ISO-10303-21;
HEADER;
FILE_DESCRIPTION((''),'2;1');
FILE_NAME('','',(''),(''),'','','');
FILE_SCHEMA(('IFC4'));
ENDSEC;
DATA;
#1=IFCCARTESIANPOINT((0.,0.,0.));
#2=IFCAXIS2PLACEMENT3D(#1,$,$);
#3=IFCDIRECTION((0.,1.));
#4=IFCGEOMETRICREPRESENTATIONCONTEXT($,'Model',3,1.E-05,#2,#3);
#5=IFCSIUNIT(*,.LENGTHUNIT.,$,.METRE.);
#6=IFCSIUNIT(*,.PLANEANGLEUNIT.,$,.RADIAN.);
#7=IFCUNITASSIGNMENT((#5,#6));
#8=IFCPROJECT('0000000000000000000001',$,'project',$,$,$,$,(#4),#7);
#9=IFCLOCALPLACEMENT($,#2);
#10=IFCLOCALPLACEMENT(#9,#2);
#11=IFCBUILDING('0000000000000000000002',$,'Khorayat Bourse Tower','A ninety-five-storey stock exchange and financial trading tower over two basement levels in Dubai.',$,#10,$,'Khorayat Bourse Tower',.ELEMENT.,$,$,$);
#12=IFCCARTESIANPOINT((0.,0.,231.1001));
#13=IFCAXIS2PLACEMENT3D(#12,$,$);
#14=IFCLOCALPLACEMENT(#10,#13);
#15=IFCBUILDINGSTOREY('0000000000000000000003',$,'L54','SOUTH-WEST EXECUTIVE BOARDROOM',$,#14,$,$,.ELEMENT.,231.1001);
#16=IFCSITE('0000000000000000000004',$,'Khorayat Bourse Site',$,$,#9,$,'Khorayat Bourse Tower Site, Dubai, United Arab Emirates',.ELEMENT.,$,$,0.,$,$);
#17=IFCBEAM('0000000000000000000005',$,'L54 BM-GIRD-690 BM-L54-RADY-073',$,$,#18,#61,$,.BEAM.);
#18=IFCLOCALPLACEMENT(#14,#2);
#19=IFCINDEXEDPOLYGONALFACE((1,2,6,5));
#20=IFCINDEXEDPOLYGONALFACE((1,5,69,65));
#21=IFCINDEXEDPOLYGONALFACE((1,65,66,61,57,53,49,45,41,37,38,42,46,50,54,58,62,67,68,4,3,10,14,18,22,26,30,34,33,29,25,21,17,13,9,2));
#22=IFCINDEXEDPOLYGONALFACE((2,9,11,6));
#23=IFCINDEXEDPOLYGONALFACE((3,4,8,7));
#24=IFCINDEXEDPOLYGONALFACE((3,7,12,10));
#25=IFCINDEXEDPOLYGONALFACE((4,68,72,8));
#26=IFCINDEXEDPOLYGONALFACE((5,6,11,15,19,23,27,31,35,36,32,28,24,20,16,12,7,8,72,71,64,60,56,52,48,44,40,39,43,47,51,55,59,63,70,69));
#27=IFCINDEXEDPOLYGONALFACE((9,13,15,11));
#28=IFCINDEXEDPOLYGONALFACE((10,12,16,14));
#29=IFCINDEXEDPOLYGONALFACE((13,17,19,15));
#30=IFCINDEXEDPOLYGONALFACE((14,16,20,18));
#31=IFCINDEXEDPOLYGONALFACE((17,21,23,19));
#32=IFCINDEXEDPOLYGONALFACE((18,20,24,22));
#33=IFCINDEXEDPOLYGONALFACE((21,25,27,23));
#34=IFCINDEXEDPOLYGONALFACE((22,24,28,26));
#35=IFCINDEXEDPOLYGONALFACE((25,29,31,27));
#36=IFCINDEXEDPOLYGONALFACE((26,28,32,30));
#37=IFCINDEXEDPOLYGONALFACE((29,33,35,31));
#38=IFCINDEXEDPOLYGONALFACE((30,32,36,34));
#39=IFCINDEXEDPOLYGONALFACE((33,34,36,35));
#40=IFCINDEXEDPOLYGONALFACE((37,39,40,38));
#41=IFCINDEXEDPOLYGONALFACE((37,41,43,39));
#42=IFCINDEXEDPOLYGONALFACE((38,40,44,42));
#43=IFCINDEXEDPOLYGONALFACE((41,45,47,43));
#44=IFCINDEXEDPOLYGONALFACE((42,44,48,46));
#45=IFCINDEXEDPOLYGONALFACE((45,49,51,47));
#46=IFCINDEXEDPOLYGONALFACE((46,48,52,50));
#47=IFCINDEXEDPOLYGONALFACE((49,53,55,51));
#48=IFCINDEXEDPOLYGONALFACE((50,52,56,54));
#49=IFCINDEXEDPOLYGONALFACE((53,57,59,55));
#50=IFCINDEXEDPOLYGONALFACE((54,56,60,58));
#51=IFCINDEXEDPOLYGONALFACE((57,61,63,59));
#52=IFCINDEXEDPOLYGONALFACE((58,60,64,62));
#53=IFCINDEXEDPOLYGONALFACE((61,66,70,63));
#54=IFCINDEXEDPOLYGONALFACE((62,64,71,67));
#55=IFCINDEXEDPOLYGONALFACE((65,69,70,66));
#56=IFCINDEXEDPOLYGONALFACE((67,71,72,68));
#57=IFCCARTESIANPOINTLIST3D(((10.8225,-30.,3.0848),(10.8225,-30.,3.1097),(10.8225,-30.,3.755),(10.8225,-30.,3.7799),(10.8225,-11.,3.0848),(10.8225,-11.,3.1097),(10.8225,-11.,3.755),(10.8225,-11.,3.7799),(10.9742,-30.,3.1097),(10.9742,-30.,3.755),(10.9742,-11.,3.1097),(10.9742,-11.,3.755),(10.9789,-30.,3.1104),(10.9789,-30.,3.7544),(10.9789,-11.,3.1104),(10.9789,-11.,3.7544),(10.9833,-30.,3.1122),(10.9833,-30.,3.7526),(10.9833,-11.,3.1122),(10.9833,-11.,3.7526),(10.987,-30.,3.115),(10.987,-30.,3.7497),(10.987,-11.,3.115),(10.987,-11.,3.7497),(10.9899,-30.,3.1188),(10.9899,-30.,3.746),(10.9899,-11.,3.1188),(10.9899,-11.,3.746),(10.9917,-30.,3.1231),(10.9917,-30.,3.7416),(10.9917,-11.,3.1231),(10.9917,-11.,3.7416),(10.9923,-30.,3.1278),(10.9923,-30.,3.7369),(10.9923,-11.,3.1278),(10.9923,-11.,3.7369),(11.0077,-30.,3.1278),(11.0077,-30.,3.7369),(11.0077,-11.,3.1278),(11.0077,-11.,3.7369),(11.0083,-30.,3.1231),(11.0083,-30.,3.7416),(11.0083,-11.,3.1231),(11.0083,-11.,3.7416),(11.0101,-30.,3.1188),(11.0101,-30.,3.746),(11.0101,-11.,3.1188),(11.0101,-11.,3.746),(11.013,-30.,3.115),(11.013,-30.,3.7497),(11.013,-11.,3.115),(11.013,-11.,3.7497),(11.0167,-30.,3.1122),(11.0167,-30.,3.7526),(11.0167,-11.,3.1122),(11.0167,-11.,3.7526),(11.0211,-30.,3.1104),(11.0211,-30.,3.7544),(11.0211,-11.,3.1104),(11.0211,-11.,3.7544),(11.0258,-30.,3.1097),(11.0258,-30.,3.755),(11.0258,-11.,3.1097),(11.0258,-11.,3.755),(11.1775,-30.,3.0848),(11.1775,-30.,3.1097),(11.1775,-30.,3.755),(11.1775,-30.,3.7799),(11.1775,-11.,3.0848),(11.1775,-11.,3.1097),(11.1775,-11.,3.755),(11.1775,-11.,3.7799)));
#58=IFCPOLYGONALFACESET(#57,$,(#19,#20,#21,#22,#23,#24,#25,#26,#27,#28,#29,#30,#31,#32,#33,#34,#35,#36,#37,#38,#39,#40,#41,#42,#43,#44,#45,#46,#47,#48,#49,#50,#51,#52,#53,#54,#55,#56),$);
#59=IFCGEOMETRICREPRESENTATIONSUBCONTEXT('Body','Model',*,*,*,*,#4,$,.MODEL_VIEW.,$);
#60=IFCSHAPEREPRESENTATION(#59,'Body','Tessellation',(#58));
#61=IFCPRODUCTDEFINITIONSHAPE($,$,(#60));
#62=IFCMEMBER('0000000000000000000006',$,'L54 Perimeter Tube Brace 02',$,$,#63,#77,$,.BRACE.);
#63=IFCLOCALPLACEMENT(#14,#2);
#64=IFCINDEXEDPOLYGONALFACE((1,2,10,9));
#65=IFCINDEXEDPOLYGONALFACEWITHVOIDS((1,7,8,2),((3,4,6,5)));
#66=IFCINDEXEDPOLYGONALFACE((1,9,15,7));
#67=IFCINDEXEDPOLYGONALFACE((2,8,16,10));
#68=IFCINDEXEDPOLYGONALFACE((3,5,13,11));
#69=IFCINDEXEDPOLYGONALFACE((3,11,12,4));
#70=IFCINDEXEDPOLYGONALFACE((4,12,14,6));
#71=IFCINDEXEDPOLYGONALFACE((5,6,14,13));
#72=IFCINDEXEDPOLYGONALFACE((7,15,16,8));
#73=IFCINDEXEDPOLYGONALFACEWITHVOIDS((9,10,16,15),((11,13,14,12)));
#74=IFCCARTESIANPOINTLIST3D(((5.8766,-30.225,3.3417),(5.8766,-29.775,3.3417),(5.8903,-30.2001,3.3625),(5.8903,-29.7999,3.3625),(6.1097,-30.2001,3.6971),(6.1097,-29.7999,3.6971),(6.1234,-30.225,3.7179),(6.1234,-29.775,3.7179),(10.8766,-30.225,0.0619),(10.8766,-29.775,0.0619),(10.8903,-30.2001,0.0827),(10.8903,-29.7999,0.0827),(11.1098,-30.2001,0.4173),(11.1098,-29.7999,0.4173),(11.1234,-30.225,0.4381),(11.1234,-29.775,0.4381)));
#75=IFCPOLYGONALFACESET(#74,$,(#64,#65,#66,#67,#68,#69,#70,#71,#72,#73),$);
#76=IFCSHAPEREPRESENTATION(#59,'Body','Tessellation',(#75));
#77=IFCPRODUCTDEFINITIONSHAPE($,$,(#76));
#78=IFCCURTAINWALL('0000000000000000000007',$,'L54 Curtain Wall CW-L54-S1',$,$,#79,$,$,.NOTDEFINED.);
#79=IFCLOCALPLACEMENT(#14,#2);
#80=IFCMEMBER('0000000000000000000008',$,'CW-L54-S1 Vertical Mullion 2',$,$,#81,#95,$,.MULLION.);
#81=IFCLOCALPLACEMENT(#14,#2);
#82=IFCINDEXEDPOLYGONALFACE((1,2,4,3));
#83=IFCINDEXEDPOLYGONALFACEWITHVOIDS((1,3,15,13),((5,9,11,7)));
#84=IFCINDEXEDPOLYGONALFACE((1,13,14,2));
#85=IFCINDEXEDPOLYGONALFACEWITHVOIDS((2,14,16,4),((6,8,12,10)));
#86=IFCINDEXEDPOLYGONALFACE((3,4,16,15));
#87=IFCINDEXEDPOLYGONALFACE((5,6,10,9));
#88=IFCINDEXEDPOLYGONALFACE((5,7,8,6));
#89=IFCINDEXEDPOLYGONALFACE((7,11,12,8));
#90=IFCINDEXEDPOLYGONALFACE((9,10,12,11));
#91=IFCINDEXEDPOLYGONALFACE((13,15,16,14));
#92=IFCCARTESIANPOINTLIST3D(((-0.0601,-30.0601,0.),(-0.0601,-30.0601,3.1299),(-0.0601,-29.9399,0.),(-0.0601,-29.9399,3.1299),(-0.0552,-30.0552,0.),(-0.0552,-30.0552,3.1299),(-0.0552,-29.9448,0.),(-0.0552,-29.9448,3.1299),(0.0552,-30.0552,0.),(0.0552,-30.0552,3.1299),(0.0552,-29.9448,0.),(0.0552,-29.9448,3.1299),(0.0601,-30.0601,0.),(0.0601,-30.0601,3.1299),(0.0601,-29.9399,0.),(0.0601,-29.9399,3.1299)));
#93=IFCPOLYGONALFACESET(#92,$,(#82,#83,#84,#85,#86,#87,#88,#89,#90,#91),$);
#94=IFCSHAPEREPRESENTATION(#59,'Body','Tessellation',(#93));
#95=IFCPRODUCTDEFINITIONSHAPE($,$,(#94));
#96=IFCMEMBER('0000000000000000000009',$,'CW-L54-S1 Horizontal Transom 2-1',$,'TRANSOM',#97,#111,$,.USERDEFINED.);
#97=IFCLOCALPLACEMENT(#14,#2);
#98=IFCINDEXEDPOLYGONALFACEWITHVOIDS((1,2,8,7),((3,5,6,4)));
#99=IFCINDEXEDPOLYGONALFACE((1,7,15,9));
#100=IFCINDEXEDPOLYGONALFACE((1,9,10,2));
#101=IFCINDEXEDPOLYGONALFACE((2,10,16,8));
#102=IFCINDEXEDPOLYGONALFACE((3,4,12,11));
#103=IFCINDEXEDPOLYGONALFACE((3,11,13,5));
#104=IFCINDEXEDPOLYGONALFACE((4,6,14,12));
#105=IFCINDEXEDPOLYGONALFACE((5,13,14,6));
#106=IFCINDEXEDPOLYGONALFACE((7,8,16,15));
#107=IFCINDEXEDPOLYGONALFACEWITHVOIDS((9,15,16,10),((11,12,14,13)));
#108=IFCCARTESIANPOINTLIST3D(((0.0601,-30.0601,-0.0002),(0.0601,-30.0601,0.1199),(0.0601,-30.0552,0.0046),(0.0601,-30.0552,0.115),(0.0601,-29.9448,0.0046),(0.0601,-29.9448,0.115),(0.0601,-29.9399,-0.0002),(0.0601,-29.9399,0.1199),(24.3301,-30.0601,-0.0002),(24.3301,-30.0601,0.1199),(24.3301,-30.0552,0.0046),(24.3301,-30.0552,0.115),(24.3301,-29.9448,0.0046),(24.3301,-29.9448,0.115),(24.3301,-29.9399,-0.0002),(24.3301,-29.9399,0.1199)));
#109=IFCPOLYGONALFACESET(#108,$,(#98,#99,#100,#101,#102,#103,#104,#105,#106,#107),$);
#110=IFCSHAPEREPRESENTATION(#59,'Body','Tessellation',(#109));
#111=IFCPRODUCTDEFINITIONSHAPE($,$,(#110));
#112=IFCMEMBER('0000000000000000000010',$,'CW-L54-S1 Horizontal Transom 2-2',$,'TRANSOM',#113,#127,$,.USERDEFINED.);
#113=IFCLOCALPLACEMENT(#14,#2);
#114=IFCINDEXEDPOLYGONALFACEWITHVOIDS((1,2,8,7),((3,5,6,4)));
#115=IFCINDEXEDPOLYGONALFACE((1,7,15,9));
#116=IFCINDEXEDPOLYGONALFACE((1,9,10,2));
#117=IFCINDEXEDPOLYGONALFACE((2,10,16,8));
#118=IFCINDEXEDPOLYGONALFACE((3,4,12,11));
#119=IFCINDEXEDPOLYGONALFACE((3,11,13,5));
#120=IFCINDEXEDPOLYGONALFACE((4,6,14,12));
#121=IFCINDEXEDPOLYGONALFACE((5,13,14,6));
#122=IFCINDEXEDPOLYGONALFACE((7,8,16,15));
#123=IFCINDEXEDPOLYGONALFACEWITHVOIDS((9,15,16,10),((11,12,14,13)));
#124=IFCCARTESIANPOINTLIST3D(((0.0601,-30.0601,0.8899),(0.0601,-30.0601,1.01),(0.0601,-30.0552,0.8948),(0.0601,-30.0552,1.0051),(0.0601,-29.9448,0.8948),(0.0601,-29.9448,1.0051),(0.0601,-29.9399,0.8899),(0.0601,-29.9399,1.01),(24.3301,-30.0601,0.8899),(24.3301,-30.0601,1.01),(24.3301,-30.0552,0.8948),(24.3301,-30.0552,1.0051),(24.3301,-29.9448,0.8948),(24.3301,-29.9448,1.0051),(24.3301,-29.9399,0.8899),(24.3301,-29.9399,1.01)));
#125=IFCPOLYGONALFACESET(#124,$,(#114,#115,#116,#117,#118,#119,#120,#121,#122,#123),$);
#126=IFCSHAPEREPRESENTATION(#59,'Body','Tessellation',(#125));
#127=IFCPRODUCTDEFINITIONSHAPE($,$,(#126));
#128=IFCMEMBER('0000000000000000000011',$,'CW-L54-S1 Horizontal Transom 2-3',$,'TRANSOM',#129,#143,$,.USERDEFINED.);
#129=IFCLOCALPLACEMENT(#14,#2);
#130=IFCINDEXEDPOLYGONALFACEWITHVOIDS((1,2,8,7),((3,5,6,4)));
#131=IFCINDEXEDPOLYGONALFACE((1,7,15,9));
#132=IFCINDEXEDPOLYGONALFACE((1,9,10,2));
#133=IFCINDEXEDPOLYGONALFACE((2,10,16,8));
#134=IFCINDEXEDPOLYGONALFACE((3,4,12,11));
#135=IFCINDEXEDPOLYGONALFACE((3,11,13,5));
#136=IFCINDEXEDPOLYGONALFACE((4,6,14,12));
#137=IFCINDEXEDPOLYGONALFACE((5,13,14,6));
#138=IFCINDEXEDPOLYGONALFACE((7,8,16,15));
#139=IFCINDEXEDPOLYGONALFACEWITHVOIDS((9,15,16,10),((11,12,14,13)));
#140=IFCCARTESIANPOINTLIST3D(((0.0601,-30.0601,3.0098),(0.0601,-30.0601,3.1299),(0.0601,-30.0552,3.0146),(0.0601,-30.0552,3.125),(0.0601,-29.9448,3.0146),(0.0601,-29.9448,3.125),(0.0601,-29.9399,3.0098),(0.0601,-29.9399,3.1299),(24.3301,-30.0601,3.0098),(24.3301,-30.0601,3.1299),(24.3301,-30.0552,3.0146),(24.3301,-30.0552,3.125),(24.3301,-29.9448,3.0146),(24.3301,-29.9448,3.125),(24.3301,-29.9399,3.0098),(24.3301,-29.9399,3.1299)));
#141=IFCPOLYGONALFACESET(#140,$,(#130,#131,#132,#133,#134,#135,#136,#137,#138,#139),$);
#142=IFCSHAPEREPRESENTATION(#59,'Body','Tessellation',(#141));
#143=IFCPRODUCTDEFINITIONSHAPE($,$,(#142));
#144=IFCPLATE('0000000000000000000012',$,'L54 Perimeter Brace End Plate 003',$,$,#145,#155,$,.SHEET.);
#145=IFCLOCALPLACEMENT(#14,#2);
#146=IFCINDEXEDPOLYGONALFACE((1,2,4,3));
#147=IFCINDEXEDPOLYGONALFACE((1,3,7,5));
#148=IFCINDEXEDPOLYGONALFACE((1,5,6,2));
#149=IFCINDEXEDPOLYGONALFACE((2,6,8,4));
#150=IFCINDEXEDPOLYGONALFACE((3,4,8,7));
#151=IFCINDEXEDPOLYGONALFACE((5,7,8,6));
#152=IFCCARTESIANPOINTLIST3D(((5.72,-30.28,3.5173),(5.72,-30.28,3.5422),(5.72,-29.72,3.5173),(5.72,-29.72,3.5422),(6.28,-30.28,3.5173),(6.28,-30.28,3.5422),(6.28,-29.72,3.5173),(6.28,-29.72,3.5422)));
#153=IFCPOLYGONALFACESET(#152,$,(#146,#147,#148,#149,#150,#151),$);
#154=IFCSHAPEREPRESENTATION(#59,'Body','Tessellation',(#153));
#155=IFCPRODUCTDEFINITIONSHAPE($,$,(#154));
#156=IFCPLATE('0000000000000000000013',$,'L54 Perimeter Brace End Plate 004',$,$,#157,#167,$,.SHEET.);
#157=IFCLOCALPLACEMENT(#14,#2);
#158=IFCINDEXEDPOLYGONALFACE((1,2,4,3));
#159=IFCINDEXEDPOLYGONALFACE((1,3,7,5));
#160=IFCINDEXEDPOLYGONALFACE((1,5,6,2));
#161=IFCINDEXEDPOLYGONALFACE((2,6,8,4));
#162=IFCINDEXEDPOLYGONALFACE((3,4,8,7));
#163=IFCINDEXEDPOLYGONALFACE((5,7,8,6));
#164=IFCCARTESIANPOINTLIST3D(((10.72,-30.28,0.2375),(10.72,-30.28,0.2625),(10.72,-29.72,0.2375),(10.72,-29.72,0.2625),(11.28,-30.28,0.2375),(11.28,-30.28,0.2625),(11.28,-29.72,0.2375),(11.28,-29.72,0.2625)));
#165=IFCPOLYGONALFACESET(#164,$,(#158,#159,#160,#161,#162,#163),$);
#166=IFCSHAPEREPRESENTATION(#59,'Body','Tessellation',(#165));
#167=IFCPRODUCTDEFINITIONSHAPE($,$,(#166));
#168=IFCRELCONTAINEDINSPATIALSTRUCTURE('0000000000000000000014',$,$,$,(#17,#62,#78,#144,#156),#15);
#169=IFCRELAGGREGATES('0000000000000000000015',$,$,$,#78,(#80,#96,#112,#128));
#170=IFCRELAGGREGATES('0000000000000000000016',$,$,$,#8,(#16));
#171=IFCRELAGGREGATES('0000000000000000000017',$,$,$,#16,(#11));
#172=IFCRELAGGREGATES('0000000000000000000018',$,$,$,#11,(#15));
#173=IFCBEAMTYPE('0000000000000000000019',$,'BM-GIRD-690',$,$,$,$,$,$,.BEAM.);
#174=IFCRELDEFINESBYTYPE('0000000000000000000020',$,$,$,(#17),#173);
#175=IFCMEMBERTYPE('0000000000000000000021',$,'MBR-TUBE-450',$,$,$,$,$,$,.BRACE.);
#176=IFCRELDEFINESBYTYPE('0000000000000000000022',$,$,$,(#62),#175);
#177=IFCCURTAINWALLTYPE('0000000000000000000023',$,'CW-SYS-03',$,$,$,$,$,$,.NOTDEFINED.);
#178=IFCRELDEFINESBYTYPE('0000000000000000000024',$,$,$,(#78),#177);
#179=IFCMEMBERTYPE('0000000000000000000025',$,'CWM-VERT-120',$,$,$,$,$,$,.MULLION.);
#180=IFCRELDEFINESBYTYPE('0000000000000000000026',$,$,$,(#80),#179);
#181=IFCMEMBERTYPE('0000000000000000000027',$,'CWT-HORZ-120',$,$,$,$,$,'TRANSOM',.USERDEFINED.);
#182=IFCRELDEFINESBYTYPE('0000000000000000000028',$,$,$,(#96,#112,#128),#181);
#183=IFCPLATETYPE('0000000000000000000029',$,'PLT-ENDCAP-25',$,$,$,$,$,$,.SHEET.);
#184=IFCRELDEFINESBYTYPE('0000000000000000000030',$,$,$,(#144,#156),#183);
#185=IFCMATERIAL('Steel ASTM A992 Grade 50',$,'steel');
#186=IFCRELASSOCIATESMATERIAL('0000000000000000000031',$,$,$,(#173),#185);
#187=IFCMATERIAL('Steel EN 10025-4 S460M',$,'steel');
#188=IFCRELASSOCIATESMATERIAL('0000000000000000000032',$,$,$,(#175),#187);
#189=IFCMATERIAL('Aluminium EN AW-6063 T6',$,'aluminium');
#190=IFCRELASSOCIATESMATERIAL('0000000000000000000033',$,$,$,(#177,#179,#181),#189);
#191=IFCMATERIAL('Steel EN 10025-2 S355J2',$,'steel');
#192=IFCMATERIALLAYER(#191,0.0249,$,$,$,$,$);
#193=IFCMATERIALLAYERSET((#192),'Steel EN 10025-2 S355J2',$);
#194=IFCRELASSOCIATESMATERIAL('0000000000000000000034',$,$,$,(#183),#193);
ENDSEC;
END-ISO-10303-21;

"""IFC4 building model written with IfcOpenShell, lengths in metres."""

from ifc_helpers import new_model, si_unit, direction, frame, origin, origin_2d, place, context, subcontext, project, spatial, rectangle, hollow_rectangle, i_section, extrude, source, transform, mapped, material, layer, layer_set, material_profile, profile_set, type_object, element, aggregate, save


model = new_model("IFC4")

# Units and contexts
model_context = context("Model", 3, precision=1e-05, world=origin(), true_north=direction((0.0, 1.0)))
body_context = subcontext(model_context, "Body", "Model", "MODEL_VIEW")
ifc_project = project(units=[si_unit("LENGTHUNIT", "METRE"), si_unit("PLANEANGLEUNIT", "RADIAN")], contexts=[model_context])

# Site, building, storey
site_placement = place(None, origin())
site = spatial("IfcSite", under=ifc_project, at=site_placement, Name="Khorayat Bourse Site", LongName="Khorayat Bourse Tower Site, Dubai, United Arab Emirates", CompositionType="ELEMENT", RefElevation=0.0)
building_placement = place(site_placement, origin())
building = spatial("IfcBuilding", under=site, at=building_placement, Name="Khorayat Bourse Tower", Description="A ninety-five-storey stock exchange and financial trading tower over two basement levels in Dubai.", LongName="Khorayat Bourse Tower", CompositionType="ELEMENT")
storey_placement = place(building_placement, frame((0.0, 0.0, 231.1001)))
storey = spatial("IfcBuildingStorey", under=building, at=storey_placement, Name="L54", Description="SOUTH-WEST EXECUTIVE BOARDROOM", CompositionType="ELEMENT", Elevation=231.1001)

# Shared definitions
ifc_material_1 = material(Name="Steel EN 10025-4 S460M", Category="steel")

# Beam
ifc_material_2 = material(Name="Steel ASTM A992 Grade 50", Category="steel")
ifc_material_profile_1 = material_profile(ifc_material_2, i_section(OverallWidth=0.355, OverallDepth=0.6951, WebThickness=0.0154, FlangeThickness=0.0249, FilletRadius=0.0181, at=origin_2d()), Name="W690X217")
ifc_profile_set_1 = profile_set([ifc_material_profile_1], Name="Steel ASTM A992 Grade 50")
beam_type_1 = type_object("IfcBeamType", Name="BM-GIRD-690", PredefinedType="BEAM", material=ifc_profile_set_1)
shared_shape_1 = source(origin(), body_context, "Body", "SweptSolid", [
    extrude(i_section(OverallWidth=0.355, OverallDepth=0.6951, WebThickness=0.0154, FlangeThickness=0.0249, FilletRadius=0.0181, at=origin_2d()), origin(), (0.0, 0.0, 1.0), 19.0),
])
for number, where, z_axis, x_axis, name in (
    (1, (11.0, -30.0, 3.4324), (0.0, 1.0, 0.0), (-1.0, 0.0, 0.0), "L54 BM-GIRD-690 BM-L54-RADY-073"),
):
    element("IfcBeam", number, at=place(storey_placement, frame(where, z_axis=z_axis, x_axis=x_axis)), inside=storey, type_object=beam_type_1, Name=name, PredefinedType="BEAM", context=body_context, shape_type="MappedRepresentation", body=[
        mapped(shared_shape_1, transform((0.0, 0.0, 0.0), scale=1.0)),
    ])

# Member
ifc_material_profile_2 = material_profile(ifc_material_1, hollow_rectangle(XDim=0.45, YDim=0.45, WallThickness=0.0249, at=origin_2d()), Name="HSS 450x450x25")
ifc_profile_set_2 = profile_set([ifc_material_profile_2], Name="Steel EN 10025-4 S460M")
member_type_1 = type_object("IfcMemberType", Name="MBR-TUBE-450", PredefinedType="BRACE", material=ifc_profile_set_2)
shared_shape_2 = source(origin(), body_context, "Body", "SweptSolid", [
    extrude(hollow_rectangle(XDim=0.45, YDim=0.45, WallThickness=0.0249, at=origin_2d()), origin(), (0.0, 0.0, 1.0), 5.9797),
])
member_1_placement = place(storey_placement, frame((6.0, -30.0, 3.5298), z_axis=(0.83616, 0.0, -0.548485), x_axis=(0.0, 1.0, 0.0)))
element("IfcMember", 2, at=member_1_placement, inside=storey, type_object=member_type_1, Name="L54 Perimeter Tube Brace 02", PredefinedType="BRACE", context=body_context, shape_type="MappedRepresentation", body=[
    mapped(shared_shape_2, transform((0.0, 0.0, 0.0), scale=1.0)),
])

# Curtain wall, members
ifc_material_3 = material(Name="Aluminium EN AW-6063 T6", Category="aluminium")
curtain_wall_type = type_object("IfcCurtainWallType", Name="CW-SYS-03", PredefinedType="NOTDEFINED", material=ifc_material_3)
curtain_wall_placement = place(storey_placement, origin())
curtain_wall = element("IfcCurtainWall", 3, at=curtain_wall_placement, inside=storey, type_object=curtain_wall_type, Name="L54 Curtain Wall CW-L54-S1", PredefinedType="NOTDEFINED")
ifc_material_profile_3 = material_profile(ifc_material_3, hollow_rectangle(XDim=0.1201, YDim=0.1201, WallThickness=0.0049, at=origin_2d()), Name="ALU 120x120x5")
ifc_profile_set_3 = profile_set([ifc_material_profile_3], Name="Aluminium EN AW-6063 T6")
member_type_2 = type_object("IfcMemberType", Name="CWM-VERT-120", PredefinedType="MULLION", material=ifc_profile_set_3)
shared_shape_3 = source(origin(), body_context, "Body", "SweptSolid", [
    extrude(hollow_rectangle(XDim=0.1201, YDim=0.1201, WallThickness=0.0049, at=origin_2d()), origin(), (0.0, 0.0, 1.0), 3.1299),
])
member_2_placement = place(storey_placement, frame((0.0, -30.0, 0.0), z_axis=(0.0, 0.0, 1.0), x_axis=(0.0, 1.0, 0.0)))
member_2 = element("IfcMember", 4, at=member_2_placement, type_object=member_type_2, Name="CW-L54-S1 Vertical Mullion 2", PredefinedType="MULLION", context=body_context, shape_type="MappedRepresentation", body=[
    mapped(shared_shape_3, transform((0.0, 0.0, 0.0), scale=1.0)),
])
ifc_material_profile_4 = material_profile(ifc_material_3, hollow_rectangle(XDim=0.1201, YDim=0.1201, WallThickness=0.0049, at=origin_2d()), Name="ALU 120x120x5")
ifc_profile_set_4 = profile_set([ifc_material_profile_4], Name="Aluminium EN AW-6063 T6")
member_type_3 = type_object("IfcMemberType", Name="CWT-HORZ-120", ElementType="TRANSOM", PredefinedType="USERDEFINED", material=ifc_profile_set_4)
shared_shape_4 = source(origin(), body_context, "Body", "SweptSolid", [
    extrude(hollow_rectangle(XDim=0.1201, YDim=0.1201, WallThickness=0.0049, at=origin_2d()), origin(), (0.0, 0.0, 1.0), 24.27),
])
member_3_placement = place(storey_placement, frame((0.0601, -30.0, 0.0598), z_axis=(1.0, 0.0, 0.0), x_axis=(0.0, 1.0, 0.0)))
member_3 = element("IfcMember", 5, at=member_3_placement, type_object=member_type_3, Name="CW-L54-S1 Horizontal Transom 2-1", ObjectType="TRANSOM", PredefinedType="USERDEFINED", context=body_context, shape_type="MappedRepresentation", body=[
    mapped(shared_shape_4, transform((0.0, 0.0, 0.0), scale=1.0)),
])
member_4_placement = place(storey_placement, frame((0.0601, -30.0, 0.95), z_axis=(1.0, 0.0, 0.0), x_axis=(0.0, 1.0, 0.0)))
member_4 = element("IfcMember", 6, at=member_4_placement, type_object=member_type_3, Name="CW-L54-S1 Horizontal Transom 2-2", ObjectType="TRANSOM", PredefinedType="USERDEFINED", context=body_context, shape_type="MappedRepresentation", body=[
    mapped(shared_shape_4, transform((0.0, 0.0, 0.0), scale=1.0)),
])
member_5_placement = place(storey_placement, frame((0.0601, -30.0, 3.0698), z_axis=(1.0, 0.0, 0.0), x_axis=(0.0, 1.0, 0.0)))
member_5 = element("IfcMember", 7, at=member_5_placement, type_object=member_type_3, Name="CW-L54-S1 Horizontal Transom 2-3", ObjectType="TRANSOM", PredefinedType="USERDEFINED", context=body_context, shape_type="MappedRepresentation", body=[
    mapped(shared_shape_4, transform((0.0, 0.0, 0.0), scale=1.0)),
])
aggregate(curtain_wall, [member_2, member_3, member_4, member_5])

# Plates
ifc_material_4 = material(Name="Steel EN 10025-2 S355J2", Category="steel")
ifc_layer_1 = layer(ifc_material_4, 0.0249)
ifc_layer_set_1 = layer_set([ifc_layer_1], Name="Steel EN 10025-2 S355J2")
plate_type = type_object("IfcPlateType", Name="PLT-ENDCAP-25", PredefinedType="SHEET", material=ifc_layer_set_1)
shared_shape_5 = source(origin(), body_context, "Body", "SweptSolid", [
    extrude(rectangle(XDim=0.5601, YDim=0.5601, at=origin_2d()), origin(), (0.0, 0.0, 1.0), 0.0249),
])
for number, where, z_axis, x_axis, name in (
    (8, (6.0, -30.0, 3.5173), (0.0, 0.0, 1.0), (1.0, 0.0, 0.0), "L54 Perimeter Brace End Plate 003"),
    (9, (11.0, -30.0, 0.2375), (0.0, 0.0, 1.0), (1.0, 0.0, 0.0), "L54 Perimeter Brace End Plate 004"),
):
    element("IfcPlate", number, at=place(storey_placement, frame(where, z_axis=z_axis, x_axis=x_axis)), inside=storey, type_object=plate_type, Name=name, PredefinedType="SHEET", context=body_context, shape_type="MappedRepresentation", body=[
        mapped(shared_shape_5, transform((0.0, 0.0, 0.0), scale=1.0)),
    ])

save(model, "model.ifc")
